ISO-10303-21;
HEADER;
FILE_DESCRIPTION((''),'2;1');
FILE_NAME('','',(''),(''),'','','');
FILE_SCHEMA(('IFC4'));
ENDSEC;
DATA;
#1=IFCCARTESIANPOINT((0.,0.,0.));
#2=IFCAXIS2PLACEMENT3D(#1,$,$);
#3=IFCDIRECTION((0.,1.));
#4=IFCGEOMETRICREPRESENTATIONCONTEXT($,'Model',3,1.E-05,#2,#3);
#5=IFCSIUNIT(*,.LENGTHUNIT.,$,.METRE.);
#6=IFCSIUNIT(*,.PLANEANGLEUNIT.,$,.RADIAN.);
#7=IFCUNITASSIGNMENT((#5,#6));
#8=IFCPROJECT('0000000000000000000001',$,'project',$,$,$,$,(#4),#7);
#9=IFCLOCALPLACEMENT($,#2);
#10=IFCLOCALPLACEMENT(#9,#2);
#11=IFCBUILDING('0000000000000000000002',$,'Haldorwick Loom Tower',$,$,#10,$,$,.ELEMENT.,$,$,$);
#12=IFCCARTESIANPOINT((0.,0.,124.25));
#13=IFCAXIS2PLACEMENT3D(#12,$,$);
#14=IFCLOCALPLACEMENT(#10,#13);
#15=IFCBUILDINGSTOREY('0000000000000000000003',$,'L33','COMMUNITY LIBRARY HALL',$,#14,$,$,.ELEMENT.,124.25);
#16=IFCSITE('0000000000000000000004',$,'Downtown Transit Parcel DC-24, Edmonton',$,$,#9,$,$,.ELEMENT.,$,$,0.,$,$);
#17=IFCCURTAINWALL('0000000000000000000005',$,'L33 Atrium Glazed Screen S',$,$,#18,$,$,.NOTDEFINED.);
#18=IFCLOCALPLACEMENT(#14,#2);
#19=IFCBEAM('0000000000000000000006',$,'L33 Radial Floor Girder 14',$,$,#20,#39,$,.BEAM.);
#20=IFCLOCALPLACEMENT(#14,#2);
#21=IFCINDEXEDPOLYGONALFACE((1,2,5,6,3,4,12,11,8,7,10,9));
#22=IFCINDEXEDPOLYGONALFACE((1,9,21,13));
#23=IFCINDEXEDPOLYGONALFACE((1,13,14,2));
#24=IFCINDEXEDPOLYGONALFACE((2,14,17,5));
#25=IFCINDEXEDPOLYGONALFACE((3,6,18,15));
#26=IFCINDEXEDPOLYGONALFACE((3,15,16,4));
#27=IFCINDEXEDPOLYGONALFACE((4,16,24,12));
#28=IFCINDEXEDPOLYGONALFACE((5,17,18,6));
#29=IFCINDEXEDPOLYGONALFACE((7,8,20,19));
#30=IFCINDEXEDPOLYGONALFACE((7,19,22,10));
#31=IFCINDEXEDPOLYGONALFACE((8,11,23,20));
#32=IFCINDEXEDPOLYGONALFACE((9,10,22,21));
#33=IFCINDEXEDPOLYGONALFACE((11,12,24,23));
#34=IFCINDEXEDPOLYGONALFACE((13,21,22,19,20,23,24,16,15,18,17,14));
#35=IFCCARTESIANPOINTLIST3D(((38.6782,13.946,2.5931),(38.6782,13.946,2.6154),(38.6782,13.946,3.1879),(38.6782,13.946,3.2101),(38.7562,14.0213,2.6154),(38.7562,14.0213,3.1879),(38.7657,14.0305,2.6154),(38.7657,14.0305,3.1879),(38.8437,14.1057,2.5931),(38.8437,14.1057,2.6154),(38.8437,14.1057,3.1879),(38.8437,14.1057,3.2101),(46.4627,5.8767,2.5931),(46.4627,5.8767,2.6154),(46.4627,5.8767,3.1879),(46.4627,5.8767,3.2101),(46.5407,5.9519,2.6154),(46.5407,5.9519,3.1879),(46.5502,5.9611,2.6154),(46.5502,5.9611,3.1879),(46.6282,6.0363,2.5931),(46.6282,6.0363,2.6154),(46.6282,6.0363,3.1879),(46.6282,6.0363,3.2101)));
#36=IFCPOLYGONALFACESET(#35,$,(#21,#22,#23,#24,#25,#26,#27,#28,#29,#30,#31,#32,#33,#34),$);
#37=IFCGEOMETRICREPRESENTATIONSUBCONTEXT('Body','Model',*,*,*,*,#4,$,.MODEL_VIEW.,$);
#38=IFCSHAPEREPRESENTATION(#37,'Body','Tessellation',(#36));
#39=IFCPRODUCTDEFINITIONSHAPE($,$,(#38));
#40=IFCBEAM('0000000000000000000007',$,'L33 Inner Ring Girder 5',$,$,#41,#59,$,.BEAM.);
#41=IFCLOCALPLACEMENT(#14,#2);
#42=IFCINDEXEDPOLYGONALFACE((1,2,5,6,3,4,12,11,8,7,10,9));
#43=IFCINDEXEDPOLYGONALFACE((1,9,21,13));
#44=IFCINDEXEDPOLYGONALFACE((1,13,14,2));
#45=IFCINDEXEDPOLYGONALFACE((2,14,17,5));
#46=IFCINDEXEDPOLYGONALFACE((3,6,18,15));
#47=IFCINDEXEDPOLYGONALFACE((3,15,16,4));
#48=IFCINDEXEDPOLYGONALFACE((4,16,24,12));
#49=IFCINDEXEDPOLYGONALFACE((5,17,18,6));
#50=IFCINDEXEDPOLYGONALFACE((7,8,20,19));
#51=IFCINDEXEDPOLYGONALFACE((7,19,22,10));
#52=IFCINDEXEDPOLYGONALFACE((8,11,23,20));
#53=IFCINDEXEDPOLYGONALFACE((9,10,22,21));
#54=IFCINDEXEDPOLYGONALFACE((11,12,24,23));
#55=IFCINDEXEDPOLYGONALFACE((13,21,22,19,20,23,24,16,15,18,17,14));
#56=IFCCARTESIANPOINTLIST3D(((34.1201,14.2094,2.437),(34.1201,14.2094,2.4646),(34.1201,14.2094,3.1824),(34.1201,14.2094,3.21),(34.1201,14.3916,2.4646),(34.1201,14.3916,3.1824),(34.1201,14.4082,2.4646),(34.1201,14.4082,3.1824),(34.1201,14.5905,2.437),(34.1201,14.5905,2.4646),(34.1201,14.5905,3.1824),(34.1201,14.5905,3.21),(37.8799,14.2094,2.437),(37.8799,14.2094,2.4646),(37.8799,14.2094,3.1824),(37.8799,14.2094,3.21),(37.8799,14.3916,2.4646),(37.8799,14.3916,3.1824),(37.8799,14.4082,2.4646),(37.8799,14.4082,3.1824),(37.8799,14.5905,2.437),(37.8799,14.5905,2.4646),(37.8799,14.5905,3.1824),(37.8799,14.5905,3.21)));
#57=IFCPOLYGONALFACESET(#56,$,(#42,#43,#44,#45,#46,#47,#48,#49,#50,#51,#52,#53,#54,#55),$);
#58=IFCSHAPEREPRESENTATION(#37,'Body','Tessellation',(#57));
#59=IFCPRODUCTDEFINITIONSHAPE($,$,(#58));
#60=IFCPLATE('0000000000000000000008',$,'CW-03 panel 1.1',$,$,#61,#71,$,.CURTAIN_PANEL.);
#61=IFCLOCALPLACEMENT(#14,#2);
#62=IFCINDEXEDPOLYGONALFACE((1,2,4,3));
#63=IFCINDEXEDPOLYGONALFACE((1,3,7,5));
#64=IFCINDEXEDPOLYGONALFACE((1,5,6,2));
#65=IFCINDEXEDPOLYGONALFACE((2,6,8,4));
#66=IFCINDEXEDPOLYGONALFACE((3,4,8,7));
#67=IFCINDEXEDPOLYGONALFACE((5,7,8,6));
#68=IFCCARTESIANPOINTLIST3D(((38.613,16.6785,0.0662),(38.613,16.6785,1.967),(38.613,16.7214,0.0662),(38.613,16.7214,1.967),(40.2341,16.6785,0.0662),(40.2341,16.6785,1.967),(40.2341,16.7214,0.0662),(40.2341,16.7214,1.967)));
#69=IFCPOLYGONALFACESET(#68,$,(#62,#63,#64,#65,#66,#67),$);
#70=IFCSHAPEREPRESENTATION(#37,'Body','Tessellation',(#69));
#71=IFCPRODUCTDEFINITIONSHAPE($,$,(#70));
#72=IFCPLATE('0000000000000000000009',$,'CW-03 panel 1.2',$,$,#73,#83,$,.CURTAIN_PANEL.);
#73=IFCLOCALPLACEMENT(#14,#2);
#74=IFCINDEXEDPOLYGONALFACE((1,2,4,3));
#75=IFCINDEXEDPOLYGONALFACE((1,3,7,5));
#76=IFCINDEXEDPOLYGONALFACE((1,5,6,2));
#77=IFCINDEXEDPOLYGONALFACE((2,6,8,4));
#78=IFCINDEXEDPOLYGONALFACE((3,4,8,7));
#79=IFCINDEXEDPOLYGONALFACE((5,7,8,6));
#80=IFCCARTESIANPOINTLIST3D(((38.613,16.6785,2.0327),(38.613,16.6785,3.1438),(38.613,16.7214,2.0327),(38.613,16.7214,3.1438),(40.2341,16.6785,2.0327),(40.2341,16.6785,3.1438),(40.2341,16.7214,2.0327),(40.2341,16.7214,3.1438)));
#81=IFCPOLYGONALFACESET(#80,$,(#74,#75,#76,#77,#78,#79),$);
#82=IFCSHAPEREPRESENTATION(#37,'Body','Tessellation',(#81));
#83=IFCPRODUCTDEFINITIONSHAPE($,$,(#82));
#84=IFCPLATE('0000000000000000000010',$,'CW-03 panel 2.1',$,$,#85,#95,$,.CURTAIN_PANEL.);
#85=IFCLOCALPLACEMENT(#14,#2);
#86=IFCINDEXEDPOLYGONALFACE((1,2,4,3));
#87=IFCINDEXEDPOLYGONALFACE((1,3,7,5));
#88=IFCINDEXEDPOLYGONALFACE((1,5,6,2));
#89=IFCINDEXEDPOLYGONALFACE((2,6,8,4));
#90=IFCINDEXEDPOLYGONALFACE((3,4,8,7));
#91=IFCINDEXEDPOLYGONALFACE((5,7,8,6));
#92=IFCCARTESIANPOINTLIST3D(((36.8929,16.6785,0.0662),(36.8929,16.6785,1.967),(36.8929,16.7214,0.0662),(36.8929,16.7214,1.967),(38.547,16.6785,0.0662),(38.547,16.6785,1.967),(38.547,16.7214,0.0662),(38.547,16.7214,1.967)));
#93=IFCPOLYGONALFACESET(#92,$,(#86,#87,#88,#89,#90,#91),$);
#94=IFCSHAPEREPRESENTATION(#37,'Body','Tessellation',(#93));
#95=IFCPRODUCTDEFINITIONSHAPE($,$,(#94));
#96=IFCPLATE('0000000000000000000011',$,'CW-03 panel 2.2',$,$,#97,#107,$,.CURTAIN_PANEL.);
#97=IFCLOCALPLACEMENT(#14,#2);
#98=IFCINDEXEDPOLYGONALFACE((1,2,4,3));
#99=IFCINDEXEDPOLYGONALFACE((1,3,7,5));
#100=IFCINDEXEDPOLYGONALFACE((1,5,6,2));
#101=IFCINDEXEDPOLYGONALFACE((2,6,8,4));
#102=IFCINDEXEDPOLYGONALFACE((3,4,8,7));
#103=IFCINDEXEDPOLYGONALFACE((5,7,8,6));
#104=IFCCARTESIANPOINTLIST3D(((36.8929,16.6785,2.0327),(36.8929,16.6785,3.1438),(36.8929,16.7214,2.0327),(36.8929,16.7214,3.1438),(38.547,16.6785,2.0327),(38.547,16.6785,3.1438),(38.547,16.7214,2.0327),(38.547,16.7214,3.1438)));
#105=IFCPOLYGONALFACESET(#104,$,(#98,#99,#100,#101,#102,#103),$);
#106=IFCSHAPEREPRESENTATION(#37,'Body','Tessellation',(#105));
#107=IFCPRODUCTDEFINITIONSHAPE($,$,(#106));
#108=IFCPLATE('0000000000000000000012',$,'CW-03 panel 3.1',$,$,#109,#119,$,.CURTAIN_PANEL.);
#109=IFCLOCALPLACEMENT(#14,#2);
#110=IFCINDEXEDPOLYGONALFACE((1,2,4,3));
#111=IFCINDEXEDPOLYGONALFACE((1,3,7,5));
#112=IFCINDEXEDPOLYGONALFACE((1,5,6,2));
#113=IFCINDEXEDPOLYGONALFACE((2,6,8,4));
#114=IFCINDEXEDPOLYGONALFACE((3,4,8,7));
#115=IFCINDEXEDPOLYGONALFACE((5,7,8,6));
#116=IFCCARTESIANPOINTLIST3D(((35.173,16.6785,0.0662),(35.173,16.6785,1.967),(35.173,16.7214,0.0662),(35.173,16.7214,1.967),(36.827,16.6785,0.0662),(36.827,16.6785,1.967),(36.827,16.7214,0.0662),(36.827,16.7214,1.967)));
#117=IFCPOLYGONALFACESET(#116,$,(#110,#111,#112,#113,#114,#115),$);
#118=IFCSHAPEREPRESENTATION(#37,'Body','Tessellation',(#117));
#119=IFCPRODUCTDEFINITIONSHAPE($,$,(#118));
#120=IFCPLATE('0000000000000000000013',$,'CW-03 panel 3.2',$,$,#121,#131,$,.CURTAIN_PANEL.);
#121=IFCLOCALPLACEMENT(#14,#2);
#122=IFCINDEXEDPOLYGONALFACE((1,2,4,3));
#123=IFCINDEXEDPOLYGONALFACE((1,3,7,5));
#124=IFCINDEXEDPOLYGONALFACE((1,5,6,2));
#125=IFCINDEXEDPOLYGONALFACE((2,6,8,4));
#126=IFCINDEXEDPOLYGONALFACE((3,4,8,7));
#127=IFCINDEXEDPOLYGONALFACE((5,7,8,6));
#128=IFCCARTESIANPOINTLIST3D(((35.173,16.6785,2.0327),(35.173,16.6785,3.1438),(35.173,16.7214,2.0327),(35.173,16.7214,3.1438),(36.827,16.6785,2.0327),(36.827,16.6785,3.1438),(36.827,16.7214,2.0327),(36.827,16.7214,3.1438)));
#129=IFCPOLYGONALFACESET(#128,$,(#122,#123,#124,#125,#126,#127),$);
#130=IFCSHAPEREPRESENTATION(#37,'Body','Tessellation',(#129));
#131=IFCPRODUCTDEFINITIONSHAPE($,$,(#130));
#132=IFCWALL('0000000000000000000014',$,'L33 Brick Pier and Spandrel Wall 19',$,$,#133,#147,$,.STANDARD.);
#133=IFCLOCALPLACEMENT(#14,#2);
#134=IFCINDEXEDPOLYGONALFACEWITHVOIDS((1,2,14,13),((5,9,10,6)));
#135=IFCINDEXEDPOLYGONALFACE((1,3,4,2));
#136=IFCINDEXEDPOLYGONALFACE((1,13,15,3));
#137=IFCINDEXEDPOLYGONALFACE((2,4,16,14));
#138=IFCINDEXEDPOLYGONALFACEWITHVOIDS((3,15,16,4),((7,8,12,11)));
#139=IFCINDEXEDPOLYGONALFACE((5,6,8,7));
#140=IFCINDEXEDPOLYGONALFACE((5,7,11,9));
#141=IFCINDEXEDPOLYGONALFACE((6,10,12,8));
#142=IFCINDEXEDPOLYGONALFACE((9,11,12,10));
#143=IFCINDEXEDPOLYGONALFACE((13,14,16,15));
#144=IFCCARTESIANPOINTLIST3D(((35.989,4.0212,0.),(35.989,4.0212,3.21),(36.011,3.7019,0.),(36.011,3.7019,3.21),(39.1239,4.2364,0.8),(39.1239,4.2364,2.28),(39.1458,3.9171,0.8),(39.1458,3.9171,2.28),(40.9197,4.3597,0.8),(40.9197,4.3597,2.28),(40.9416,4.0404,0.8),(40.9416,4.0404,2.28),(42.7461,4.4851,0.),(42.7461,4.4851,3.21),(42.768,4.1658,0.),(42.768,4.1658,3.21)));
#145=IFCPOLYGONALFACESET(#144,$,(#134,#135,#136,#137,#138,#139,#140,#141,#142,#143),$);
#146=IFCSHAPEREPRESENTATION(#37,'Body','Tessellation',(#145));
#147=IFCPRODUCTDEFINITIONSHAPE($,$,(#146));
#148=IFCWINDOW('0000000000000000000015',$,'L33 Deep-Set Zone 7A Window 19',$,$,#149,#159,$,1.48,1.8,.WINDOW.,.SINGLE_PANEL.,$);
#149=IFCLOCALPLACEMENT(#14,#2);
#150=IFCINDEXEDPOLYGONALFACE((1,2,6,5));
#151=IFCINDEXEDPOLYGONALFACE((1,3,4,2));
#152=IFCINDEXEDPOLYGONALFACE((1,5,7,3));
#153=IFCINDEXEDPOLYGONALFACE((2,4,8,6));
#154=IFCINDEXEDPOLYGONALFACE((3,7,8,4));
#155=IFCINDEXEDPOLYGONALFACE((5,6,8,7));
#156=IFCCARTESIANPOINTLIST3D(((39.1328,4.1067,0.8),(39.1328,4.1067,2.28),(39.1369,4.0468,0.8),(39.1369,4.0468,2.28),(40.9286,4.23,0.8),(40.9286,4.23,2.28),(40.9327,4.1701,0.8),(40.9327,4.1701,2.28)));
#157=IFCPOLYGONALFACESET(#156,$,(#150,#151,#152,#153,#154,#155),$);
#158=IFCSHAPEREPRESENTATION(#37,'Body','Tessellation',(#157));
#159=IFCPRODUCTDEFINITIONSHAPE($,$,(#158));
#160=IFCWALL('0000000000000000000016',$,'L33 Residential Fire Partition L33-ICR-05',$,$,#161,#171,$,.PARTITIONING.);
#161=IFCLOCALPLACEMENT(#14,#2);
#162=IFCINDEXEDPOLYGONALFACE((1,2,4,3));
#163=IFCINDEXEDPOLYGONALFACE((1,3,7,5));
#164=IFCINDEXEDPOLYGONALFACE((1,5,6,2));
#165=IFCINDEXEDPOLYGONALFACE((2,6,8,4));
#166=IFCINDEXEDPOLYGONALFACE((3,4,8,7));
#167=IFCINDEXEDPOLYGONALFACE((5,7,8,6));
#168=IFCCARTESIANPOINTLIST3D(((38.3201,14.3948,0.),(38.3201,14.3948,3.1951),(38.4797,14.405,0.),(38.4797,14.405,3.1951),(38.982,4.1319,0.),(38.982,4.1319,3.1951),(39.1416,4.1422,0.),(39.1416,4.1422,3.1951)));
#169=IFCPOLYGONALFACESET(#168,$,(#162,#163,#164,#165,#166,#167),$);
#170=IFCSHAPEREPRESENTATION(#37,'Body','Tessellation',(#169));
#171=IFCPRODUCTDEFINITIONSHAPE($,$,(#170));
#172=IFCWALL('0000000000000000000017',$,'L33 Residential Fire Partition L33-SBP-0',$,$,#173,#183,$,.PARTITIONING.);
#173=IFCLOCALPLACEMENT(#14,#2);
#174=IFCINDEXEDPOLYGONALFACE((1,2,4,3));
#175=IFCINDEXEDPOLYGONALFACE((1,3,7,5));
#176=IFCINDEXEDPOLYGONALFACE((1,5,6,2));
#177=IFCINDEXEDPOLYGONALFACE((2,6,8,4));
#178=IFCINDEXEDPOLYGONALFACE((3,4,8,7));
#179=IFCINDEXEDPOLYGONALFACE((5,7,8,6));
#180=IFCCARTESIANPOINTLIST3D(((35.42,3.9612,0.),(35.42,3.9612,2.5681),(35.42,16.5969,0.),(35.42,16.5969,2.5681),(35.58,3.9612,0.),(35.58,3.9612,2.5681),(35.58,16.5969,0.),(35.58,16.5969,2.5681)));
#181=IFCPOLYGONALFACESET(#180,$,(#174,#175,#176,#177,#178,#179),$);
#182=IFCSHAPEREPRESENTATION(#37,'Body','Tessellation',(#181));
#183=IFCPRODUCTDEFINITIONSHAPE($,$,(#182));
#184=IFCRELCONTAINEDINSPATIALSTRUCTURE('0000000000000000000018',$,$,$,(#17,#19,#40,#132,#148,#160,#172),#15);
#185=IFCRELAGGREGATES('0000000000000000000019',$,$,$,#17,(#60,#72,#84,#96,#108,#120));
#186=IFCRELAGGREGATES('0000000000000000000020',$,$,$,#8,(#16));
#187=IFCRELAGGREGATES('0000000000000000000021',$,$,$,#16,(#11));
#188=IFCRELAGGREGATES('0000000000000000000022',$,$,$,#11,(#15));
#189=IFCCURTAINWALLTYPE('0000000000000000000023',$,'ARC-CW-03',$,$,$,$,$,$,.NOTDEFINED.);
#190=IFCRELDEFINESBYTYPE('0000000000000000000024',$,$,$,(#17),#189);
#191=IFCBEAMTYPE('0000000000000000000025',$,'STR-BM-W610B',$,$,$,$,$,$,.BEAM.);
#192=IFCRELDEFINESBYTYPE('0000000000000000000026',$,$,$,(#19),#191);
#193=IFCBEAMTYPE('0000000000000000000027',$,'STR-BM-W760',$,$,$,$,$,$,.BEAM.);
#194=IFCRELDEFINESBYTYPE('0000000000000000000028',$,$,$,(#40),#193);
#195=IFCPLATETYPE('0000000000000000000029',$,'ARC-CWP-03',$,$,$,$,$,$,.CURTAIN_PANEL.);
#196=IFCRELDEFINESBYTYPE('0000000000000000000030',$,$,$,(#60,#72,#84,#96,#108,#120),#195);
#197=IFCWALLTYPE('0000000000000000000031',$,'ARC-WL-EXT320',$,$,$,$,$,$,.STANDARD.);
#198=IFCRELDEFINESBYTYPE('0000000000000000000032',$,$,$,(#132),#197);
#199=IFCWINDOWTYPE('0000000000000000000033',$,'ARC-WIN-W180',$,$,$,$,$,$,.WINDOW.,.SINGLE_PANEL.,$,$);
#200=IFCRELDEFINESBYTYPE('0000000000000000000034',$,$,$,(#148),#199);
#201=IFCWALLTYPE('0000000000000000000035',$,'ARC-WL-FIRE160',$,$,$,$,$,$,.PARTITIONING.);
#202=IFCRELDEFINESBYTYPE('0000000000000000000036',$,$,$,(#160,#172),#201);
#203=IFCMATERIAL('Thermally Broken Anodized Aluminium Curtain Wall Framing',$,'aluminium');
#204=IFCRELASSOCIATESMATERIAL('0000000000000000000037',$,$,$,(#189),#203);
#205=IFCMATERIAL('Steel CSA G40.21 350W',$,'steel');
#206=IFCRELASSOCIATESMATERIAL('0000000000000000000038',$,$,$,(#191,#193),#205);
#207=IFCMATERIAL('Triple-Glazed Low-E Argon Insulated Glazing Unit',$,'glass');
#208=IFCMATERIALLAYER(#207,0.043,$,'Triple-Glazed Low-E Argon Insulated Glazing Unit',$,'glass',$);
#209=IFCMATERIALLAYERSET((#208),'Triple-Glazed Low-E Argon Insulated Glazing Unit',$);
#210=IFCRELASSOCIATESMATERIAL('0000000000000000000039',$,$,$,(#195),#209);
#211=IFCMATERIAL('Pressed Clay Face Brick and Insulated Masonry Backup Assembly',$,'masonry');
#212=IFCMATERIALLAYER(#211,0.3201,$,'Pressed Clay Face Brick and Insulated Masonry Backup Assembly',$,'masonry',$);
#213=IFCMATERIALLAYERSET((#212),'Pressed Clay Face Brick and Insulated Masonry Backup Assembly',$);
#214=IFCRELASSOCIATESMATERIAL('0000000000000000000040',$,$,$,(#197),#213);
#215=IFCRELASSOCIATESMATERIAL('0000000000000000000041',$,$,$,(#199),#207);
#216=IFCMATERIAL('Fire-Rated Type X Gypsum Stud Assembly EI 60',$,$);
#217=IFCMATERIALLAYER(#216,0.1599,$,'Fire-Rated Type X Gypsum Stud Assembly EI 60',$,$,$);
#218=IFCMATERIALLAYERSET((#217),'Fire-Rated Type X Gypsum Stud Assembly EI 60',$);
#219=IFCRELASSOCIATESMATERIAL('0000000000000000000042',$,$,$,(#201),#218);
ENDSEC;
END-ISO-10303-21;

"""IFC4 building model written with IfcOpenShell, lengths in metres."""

from ifc_helpers import new_model, si_unit, direction, frame, frame_2d, origin, origin_2d, place, context, subcontext, project, spatial, rectangle, i_section, extrude, material, layer, layer_set, material_profile, profile_set, type_object, element, fill, aggregate, save


model = new_model("IFC4")

# Units and contexts
model_context = context("Model", 3, precision=1e-05, world=origin(), true_north=direction((0.0, 1.0)))
body_context = subcontext(model_context, "Body", "Model", "MODEL_VIEW")
ifc_project = project(units=[si_unit("LENGTHUNIT", "METRE"), si_unit("PLANEANGLEUNIT", "RADIAN")], contexts=[model_context])

# Site, building, storey
site_placement = place(None, origin())
site = spatial("IfcSite", under=ifc_project, at=site_placement, Name="Downtown Transit Parcel DC-24, Edmonton", CompositionType="ELEMENT", RefElevation=0.0)
building_placement = place(site_placement, origin())
building = spatial("IfcBuilding", under=site, at=building_placement, Name="Haldorwick Loom Tower", CompositionType="ELEMENT")
storey_placement = place(building_placement, frame((0.0, 0.0, 124.25)))
storey = spatial("IfcBuildingStorey", under=building, at=storey_placement, Name="L33", Description="COMMUNITY LIBRARY HALL", CompositionType="ELEMENT", Elevation=124.25)

# Curtain wall
ifc_material_1 = material(Name="Thermally Broken Anodized Aluminium Curtain Wall Framing", Category="aluminium")
curtain_wall_type = type_object("IfcCurtainWallType", Name="ARC-CW-03", PredefinedType="NOTDEFINED", material=ifc_material_1)
curtain_wall_placement = place(storey_placement, origin())
curtain_wall = element("IfcCurtainWall", 1, at=curtain_wall_placement, inside=storey, type_object=curtain_wall_type, Name="L33 Atrium Glazed Screen S", PredefinedType="NOTDEFINED")

# Beams
ifc_material_2 = material(Name="Steel CSA G40.21 350W", Category="steel")
ifc_material_profile_1 = material_profile(ifc_material_2, i_section(OverallWidth=0.23, OverallDepth=0.6169, WebThickness=0.0132, FlangeThickness=0.0222, at=origin_2d()), Name="W610X140", Category="steel")
ifc_profile_set_1 = profile_set([ifc_material_profile_1], Name="Steel CSA G40.21 350W")
beam_type_1 = type_object("IfcBeamType", Name="STR-BM-W610B", PredefinedType="BEAM", material=ifc_profile_set_1)
beam_1_placement = place(storey_placement, frame((38.761, 14.0259, 2.9016), z_axis=(0.694287, -0.719698, 0.0), x_axis=(0.719698, 0.694287, 0.0)))
element("IfcBeam", 2, at=beam_1_placement, inside=storey, type_object=beam_type_1, Name="L33 Radial Floor Girder 14", PredefinedType="BEAM", context=body_context, shape_type="SweptSolid", body=[
    extrude(i_section(OverallWidth=0.23, OverallDepth=0.6169, WebThickness=0.0132, FlangeThickness=0.0222, at=origin_2d()), origin(), (0.0, 0.0, 1.0), 11.2122),
])
ifc_material_profile_2 = material_profile(ifc_material_2, i_section(OverallWidth=0.3811, OverallDepth=0.7729, WebThickness=0.0166, FlangeThickness=0.0276, at=origin_2d()), Name="W760X257", Category="steel")
ifc_profile_set_2 = profile_set([ifc_material_profile_2], Name="Steel CSA G40.21 350W")
beam_type_2 = type_object("IfcBeamType", Name="STR-BM-W760", PredefinedType="BEAM", material=ifc_profile_set_2)
beam_2_placement = place(storey_placement, frame((37.8799, 14.3999, 2.8235), z_axis=(-1.0, 0.0, 0.0), x_axis=(0.0, -1.0, 0.0)))
element("IfcBeam", 3, at=beam_2_placement, inside=storey, type_object=beam_type_2, Name="L33 Inner Ring Girder 5", PredefinedType="BEAM", context=body_context, shape_type="SweptSolid", body=[
    extrude(i_section(OverallWidth=0.3811, OverallDepth=0.7729, WebThickness=0.0166, FlangeThickness=0.0276, at=origin_2d()), origin(), (0.0, 0.0, 1.0), 3.7598),
])

# Plates
ifc_material_3 = material(Name="Triple-Glazed Low-E Argon Insulated Glazing Unit", Category="glass")
ifc_layer_1 = layer(ifc_material_3, 0.043, Name="Triple-Glazed Low-E Argon Insulated Glazing Unit", Category="glass")
ifc_layer_set_1 = layer_set([ifc_layer_1], Name="Triple-Glazed Low-E Argon Insulated Glazing Unit")
plate_type = type_object("IfcPlateType", Name="ARC-CWP-03", PredefinedType="CURTAIN_PANEL", material=ifc_layer_set_1)
plate_1_placement = place(storey_placement, frame((39.4236, 16.7, 0.0662), z_axis=(0.0, 0.0, 1.0), x_axis=(-1.0, 0.0, 0.0)))
plate_1 = element("IfcPlate", 4, at=plate_1_placement, type_object=plate_type, Name="CW-03 panel 1.1", PredefinedType="CURTAIN_PANEL", context=body_context, shape_type="SweptSolid", body=[
    extrude(rectangle(XDim=1.6211, YDim=0.043, at=origin_2d()), origin(), (0.0, 0.0, 1.0), 1.9009),
])
plate_2_placement = place(storey_placement, frame((39.4236, 16.7, 2.0327), z_axis=(0.0, 0.0, 1.0), x_axis=(-1.0, 0.0, 0.0)))
plate_2 = element("IfcPlate", 5, at=plate_2_placement, type_object=plate_type, Name="CW-03 panel 1.2", PredefinedType="CURTAIN_PANEL", context=body_context, shape_type="SweptSolid", body=[
    extrude(rectangle(XDim=1.6211, YDim=0.043, at=origin_2d()), origin(), (0.0, 0.0, 1.0), 1.1111),
])
plate_3_placement = place(storey_placement, frame((37.72, 16.7, 0.0662), z_axis=(0.0, 0.0, 1.0), x_axis=(-1.0, 0.0, 0.0)))
plate_3 = element("IfcPlate", 6, at=plate_3_placement, type_object=plate_type, Name="CW-03 panel 2.1", PredefinedType="CURTAIN_PANEL", context=body_context, shape_type="SweptSolid", body=[
    extrude(rectangle(XDim=1.6541, YDim=0.043, at=origin_2d()), origin(), (0.0, 0.0, 1.0), 1.9009),
])
plate_4_placement = place(storey_placement, frame((37.72, 16.7, 2.0327), z_axis=(0.0, 0.0, 1.0), x_axis=(-1.0, 0.0, 0.0)))
plate_4 = element("IfcPlate", 7, at=plate_4_placement, type_object=plate_type, Name="CW-03 panel 2.2", PredefinedType="CURTAIN_PANEL", context=body_context, shape_type="SweptSolid", body=[
    extrude(rectangle(XDim=1.6541, YDim=0.043, at=origin_2d()), origin(), (0.0, 0.0, 1.0), 1.1111),
])
plate_5_placement = place(storey_placement, frame((36.0, 16.7, 0.0662), z_axis=(0.0, 0.0, 1.0), x_axis=(-1.0, 0.0, 0.0)))
plate_5 = element("IfcPlate", 8, at=plate_5_placement, type_object=plate_type, Name="CW-03 panel 3.1", PredefinedType="CURTAIN_PANEL", context=body_context, shape_type="SweptSolid", body=[
    extrude(rectangle(XDim=1.6541, YDim=0.043, at=origin_2d()), origin(), (0.0, 0.0, 1.0), 1.9009),
])
plate_6_placement = place(storey_placement, frame((36.0, 16.7, 2.0327), z_axis=(0.0, 0.0, 1.0), x_axis=(-1.0, 0.0, 0.0)))
plate_6 = element("IfcPlate", 9, at=plate_6_placement, type_object=plate_type, Name="CW-03 panel 3.2", PredefinedType="CURTAIN_PANEL", context=body_context, shape_type="SweptSolid", body=[
    extrude(rectangle(XDim=1.6541, YDim=0.043, at=origin_2d()), origin(), (0.0, 0.0, 1.0), 1.1111),
])
aggregate(curtain_wall, [plate_1, plate_2, plate_3, plate_4, plate_5, plate_6])

# Wall, opening, window
ifc_material_4 = material(Name="Pressed Clay Face Brick and Insulated Masonry Backup Assembly", Category="masonry")
ifc_layer_2 = layer(ifc_material_4, 0.3201, Name="Pressed Clay Face Brick and Insulated Masonry Backup Assembly", Category="masonry")
ifc_layer_set_2 = layer_set([ifc_layer_2], Name="Pressed Clay Face Brick and Insulated Masonry Backup Assembly")
wall_type_1 = type_object("IfcWallType", Name="ARC-WL-EXT320", PredefinedType="STANDARD", material=ifc_layer_set_2)
wall_1_placement = place(storey_placement, frame((36.0, 3.8616, 0.0), z_axis=(0.0, 0.0, 1.0), x_axis=(0.997652, 0.068488, 0.0)))
wall_1 = element("IfcWall", 10, at=wall_1_placement, inside=storey, type_object=wall_type_1, Name="L33 Brick Pier and Spandrel Wall 19", PredefinedType="STANDARD", context=body_context, shape_type="SweptSolid", body=[
    extrude(rectangle(XDim=6.7729, YDim=0.3201, at=frame_2d((3.3865, 0.0))), origin(), (0.0, 0.0, 1.0), 3.21),
])
opening_placement = place(wall_1_placement, frame((3.1423, 0.0, 0.8)))
opening = element("IfcOpeningElement", 11, at=opening_placement, cuts=wall_1, PredefinedType="OPENING", context=body_context, shape_type="SweptSolid", body=[
    extrude(rectangle(XDim=1.8, YDim=1.48, at=frame_2d((0.8999, 0.74))), frame((0.0, 0.1699, 0.0), z_axis=(0.0, -1.0, 0.0), x_axis=(1.0, 0.0, 0.0)), (0.0, 0.0, 1.0), 0.3401),
])
window_type = type_object("IfcWindowType", Name="ARC-WIN-W180", PartitioningType="SINGLE_PANEL", PredefinedType="WINDOW", material=ifc_material_3)
window_placement = place(opening_placement, origin())
window = element("IfcWindow", 12, at=window_placement, inside=storey, type_object=window_type, Name="L33 Deep-Set Zone 7A Window 19", OverallHeight=1.48, OverallWidth=1.8, PartitioningType="SINGLE_PANEL", PredefinedType="WINDOW", context=body_context, shape_type="SweptSolid", body=[
    extrude(rectangle(XDim=1.8, YDim=1.48, at=frame_2d((0.8999, 0.74))), frame((0.0, 0.03, 0.0), z_axis=(0.0, -1.0, 0.0), x_axis=(1.0, 0.0, 0.0)), (0.0, 0.0, 1.0), 0.0601),
])
fill(opening, window)

# Walls
ifc_material_5 = material(Name="Fire-Rated Type X Gypsum Stud Assembly EI 60")
ifc_layer_3 = layer(ifc_material_5, 0.1599, Name="Fire-Rated Type X Gypsum Stud Assembly EI 60")
ifc_layer_set_3 = layer_set([ifc_layer_3], Name="Fire-Rated Type X Gypsum Stud Assembly EI 60")
wall_type_2 = type_object("IfcWallType", Name="ARC-WL-FIRE160", PredefinedType="PARTITIONING", material=ifc_layer_set_3)
wall_2_placement = place(storey_placement, frame((38.3999, 14.3999, 0.0), z_axis=(0.0, 0.0, 1.0), x_axis=(0.064357, -0.997927, 0.0)))
element("IfcWall", 13, at=wall_2_placement, inside=storey, type_object=wall_type_2, Name="L33 Residential Fire Partition L33-ICR-05", PredefinedType="PARTITIONING", context=body_context, shape_type="SweptSolid", body=[
    extrude(rectangle(XDim=10.2842, YDim=0.1599, at=frame_2d((5.1421, 0.0))), origin(), (0.0, 0.0, 1.0), 3.1951),
])
wall_3_placement = place(storey_placement, frame((35.5, 3.9612, 0.0), z_axis=(0.0, 0.0, 1.0), x_axis=(0.0, 1.0, 0.0)))
element("IfcWall", 14, at=wall_3_placement, inside=storey, type_object=wall_type_2, Name="L33 Residential Fire Partition L33-SBP-0", PredefinedType="PARTITIONING", context=body_context, shape_type="SweptSolid", body=[
    extrude(rectangle(XDim=12.6357, YDim=0.1599, at=frame_2d((6.3179, 0.0))), origin(), (0.0, 0.0, 1.0), 2.5681),
])

save(model, "model.ifc")
